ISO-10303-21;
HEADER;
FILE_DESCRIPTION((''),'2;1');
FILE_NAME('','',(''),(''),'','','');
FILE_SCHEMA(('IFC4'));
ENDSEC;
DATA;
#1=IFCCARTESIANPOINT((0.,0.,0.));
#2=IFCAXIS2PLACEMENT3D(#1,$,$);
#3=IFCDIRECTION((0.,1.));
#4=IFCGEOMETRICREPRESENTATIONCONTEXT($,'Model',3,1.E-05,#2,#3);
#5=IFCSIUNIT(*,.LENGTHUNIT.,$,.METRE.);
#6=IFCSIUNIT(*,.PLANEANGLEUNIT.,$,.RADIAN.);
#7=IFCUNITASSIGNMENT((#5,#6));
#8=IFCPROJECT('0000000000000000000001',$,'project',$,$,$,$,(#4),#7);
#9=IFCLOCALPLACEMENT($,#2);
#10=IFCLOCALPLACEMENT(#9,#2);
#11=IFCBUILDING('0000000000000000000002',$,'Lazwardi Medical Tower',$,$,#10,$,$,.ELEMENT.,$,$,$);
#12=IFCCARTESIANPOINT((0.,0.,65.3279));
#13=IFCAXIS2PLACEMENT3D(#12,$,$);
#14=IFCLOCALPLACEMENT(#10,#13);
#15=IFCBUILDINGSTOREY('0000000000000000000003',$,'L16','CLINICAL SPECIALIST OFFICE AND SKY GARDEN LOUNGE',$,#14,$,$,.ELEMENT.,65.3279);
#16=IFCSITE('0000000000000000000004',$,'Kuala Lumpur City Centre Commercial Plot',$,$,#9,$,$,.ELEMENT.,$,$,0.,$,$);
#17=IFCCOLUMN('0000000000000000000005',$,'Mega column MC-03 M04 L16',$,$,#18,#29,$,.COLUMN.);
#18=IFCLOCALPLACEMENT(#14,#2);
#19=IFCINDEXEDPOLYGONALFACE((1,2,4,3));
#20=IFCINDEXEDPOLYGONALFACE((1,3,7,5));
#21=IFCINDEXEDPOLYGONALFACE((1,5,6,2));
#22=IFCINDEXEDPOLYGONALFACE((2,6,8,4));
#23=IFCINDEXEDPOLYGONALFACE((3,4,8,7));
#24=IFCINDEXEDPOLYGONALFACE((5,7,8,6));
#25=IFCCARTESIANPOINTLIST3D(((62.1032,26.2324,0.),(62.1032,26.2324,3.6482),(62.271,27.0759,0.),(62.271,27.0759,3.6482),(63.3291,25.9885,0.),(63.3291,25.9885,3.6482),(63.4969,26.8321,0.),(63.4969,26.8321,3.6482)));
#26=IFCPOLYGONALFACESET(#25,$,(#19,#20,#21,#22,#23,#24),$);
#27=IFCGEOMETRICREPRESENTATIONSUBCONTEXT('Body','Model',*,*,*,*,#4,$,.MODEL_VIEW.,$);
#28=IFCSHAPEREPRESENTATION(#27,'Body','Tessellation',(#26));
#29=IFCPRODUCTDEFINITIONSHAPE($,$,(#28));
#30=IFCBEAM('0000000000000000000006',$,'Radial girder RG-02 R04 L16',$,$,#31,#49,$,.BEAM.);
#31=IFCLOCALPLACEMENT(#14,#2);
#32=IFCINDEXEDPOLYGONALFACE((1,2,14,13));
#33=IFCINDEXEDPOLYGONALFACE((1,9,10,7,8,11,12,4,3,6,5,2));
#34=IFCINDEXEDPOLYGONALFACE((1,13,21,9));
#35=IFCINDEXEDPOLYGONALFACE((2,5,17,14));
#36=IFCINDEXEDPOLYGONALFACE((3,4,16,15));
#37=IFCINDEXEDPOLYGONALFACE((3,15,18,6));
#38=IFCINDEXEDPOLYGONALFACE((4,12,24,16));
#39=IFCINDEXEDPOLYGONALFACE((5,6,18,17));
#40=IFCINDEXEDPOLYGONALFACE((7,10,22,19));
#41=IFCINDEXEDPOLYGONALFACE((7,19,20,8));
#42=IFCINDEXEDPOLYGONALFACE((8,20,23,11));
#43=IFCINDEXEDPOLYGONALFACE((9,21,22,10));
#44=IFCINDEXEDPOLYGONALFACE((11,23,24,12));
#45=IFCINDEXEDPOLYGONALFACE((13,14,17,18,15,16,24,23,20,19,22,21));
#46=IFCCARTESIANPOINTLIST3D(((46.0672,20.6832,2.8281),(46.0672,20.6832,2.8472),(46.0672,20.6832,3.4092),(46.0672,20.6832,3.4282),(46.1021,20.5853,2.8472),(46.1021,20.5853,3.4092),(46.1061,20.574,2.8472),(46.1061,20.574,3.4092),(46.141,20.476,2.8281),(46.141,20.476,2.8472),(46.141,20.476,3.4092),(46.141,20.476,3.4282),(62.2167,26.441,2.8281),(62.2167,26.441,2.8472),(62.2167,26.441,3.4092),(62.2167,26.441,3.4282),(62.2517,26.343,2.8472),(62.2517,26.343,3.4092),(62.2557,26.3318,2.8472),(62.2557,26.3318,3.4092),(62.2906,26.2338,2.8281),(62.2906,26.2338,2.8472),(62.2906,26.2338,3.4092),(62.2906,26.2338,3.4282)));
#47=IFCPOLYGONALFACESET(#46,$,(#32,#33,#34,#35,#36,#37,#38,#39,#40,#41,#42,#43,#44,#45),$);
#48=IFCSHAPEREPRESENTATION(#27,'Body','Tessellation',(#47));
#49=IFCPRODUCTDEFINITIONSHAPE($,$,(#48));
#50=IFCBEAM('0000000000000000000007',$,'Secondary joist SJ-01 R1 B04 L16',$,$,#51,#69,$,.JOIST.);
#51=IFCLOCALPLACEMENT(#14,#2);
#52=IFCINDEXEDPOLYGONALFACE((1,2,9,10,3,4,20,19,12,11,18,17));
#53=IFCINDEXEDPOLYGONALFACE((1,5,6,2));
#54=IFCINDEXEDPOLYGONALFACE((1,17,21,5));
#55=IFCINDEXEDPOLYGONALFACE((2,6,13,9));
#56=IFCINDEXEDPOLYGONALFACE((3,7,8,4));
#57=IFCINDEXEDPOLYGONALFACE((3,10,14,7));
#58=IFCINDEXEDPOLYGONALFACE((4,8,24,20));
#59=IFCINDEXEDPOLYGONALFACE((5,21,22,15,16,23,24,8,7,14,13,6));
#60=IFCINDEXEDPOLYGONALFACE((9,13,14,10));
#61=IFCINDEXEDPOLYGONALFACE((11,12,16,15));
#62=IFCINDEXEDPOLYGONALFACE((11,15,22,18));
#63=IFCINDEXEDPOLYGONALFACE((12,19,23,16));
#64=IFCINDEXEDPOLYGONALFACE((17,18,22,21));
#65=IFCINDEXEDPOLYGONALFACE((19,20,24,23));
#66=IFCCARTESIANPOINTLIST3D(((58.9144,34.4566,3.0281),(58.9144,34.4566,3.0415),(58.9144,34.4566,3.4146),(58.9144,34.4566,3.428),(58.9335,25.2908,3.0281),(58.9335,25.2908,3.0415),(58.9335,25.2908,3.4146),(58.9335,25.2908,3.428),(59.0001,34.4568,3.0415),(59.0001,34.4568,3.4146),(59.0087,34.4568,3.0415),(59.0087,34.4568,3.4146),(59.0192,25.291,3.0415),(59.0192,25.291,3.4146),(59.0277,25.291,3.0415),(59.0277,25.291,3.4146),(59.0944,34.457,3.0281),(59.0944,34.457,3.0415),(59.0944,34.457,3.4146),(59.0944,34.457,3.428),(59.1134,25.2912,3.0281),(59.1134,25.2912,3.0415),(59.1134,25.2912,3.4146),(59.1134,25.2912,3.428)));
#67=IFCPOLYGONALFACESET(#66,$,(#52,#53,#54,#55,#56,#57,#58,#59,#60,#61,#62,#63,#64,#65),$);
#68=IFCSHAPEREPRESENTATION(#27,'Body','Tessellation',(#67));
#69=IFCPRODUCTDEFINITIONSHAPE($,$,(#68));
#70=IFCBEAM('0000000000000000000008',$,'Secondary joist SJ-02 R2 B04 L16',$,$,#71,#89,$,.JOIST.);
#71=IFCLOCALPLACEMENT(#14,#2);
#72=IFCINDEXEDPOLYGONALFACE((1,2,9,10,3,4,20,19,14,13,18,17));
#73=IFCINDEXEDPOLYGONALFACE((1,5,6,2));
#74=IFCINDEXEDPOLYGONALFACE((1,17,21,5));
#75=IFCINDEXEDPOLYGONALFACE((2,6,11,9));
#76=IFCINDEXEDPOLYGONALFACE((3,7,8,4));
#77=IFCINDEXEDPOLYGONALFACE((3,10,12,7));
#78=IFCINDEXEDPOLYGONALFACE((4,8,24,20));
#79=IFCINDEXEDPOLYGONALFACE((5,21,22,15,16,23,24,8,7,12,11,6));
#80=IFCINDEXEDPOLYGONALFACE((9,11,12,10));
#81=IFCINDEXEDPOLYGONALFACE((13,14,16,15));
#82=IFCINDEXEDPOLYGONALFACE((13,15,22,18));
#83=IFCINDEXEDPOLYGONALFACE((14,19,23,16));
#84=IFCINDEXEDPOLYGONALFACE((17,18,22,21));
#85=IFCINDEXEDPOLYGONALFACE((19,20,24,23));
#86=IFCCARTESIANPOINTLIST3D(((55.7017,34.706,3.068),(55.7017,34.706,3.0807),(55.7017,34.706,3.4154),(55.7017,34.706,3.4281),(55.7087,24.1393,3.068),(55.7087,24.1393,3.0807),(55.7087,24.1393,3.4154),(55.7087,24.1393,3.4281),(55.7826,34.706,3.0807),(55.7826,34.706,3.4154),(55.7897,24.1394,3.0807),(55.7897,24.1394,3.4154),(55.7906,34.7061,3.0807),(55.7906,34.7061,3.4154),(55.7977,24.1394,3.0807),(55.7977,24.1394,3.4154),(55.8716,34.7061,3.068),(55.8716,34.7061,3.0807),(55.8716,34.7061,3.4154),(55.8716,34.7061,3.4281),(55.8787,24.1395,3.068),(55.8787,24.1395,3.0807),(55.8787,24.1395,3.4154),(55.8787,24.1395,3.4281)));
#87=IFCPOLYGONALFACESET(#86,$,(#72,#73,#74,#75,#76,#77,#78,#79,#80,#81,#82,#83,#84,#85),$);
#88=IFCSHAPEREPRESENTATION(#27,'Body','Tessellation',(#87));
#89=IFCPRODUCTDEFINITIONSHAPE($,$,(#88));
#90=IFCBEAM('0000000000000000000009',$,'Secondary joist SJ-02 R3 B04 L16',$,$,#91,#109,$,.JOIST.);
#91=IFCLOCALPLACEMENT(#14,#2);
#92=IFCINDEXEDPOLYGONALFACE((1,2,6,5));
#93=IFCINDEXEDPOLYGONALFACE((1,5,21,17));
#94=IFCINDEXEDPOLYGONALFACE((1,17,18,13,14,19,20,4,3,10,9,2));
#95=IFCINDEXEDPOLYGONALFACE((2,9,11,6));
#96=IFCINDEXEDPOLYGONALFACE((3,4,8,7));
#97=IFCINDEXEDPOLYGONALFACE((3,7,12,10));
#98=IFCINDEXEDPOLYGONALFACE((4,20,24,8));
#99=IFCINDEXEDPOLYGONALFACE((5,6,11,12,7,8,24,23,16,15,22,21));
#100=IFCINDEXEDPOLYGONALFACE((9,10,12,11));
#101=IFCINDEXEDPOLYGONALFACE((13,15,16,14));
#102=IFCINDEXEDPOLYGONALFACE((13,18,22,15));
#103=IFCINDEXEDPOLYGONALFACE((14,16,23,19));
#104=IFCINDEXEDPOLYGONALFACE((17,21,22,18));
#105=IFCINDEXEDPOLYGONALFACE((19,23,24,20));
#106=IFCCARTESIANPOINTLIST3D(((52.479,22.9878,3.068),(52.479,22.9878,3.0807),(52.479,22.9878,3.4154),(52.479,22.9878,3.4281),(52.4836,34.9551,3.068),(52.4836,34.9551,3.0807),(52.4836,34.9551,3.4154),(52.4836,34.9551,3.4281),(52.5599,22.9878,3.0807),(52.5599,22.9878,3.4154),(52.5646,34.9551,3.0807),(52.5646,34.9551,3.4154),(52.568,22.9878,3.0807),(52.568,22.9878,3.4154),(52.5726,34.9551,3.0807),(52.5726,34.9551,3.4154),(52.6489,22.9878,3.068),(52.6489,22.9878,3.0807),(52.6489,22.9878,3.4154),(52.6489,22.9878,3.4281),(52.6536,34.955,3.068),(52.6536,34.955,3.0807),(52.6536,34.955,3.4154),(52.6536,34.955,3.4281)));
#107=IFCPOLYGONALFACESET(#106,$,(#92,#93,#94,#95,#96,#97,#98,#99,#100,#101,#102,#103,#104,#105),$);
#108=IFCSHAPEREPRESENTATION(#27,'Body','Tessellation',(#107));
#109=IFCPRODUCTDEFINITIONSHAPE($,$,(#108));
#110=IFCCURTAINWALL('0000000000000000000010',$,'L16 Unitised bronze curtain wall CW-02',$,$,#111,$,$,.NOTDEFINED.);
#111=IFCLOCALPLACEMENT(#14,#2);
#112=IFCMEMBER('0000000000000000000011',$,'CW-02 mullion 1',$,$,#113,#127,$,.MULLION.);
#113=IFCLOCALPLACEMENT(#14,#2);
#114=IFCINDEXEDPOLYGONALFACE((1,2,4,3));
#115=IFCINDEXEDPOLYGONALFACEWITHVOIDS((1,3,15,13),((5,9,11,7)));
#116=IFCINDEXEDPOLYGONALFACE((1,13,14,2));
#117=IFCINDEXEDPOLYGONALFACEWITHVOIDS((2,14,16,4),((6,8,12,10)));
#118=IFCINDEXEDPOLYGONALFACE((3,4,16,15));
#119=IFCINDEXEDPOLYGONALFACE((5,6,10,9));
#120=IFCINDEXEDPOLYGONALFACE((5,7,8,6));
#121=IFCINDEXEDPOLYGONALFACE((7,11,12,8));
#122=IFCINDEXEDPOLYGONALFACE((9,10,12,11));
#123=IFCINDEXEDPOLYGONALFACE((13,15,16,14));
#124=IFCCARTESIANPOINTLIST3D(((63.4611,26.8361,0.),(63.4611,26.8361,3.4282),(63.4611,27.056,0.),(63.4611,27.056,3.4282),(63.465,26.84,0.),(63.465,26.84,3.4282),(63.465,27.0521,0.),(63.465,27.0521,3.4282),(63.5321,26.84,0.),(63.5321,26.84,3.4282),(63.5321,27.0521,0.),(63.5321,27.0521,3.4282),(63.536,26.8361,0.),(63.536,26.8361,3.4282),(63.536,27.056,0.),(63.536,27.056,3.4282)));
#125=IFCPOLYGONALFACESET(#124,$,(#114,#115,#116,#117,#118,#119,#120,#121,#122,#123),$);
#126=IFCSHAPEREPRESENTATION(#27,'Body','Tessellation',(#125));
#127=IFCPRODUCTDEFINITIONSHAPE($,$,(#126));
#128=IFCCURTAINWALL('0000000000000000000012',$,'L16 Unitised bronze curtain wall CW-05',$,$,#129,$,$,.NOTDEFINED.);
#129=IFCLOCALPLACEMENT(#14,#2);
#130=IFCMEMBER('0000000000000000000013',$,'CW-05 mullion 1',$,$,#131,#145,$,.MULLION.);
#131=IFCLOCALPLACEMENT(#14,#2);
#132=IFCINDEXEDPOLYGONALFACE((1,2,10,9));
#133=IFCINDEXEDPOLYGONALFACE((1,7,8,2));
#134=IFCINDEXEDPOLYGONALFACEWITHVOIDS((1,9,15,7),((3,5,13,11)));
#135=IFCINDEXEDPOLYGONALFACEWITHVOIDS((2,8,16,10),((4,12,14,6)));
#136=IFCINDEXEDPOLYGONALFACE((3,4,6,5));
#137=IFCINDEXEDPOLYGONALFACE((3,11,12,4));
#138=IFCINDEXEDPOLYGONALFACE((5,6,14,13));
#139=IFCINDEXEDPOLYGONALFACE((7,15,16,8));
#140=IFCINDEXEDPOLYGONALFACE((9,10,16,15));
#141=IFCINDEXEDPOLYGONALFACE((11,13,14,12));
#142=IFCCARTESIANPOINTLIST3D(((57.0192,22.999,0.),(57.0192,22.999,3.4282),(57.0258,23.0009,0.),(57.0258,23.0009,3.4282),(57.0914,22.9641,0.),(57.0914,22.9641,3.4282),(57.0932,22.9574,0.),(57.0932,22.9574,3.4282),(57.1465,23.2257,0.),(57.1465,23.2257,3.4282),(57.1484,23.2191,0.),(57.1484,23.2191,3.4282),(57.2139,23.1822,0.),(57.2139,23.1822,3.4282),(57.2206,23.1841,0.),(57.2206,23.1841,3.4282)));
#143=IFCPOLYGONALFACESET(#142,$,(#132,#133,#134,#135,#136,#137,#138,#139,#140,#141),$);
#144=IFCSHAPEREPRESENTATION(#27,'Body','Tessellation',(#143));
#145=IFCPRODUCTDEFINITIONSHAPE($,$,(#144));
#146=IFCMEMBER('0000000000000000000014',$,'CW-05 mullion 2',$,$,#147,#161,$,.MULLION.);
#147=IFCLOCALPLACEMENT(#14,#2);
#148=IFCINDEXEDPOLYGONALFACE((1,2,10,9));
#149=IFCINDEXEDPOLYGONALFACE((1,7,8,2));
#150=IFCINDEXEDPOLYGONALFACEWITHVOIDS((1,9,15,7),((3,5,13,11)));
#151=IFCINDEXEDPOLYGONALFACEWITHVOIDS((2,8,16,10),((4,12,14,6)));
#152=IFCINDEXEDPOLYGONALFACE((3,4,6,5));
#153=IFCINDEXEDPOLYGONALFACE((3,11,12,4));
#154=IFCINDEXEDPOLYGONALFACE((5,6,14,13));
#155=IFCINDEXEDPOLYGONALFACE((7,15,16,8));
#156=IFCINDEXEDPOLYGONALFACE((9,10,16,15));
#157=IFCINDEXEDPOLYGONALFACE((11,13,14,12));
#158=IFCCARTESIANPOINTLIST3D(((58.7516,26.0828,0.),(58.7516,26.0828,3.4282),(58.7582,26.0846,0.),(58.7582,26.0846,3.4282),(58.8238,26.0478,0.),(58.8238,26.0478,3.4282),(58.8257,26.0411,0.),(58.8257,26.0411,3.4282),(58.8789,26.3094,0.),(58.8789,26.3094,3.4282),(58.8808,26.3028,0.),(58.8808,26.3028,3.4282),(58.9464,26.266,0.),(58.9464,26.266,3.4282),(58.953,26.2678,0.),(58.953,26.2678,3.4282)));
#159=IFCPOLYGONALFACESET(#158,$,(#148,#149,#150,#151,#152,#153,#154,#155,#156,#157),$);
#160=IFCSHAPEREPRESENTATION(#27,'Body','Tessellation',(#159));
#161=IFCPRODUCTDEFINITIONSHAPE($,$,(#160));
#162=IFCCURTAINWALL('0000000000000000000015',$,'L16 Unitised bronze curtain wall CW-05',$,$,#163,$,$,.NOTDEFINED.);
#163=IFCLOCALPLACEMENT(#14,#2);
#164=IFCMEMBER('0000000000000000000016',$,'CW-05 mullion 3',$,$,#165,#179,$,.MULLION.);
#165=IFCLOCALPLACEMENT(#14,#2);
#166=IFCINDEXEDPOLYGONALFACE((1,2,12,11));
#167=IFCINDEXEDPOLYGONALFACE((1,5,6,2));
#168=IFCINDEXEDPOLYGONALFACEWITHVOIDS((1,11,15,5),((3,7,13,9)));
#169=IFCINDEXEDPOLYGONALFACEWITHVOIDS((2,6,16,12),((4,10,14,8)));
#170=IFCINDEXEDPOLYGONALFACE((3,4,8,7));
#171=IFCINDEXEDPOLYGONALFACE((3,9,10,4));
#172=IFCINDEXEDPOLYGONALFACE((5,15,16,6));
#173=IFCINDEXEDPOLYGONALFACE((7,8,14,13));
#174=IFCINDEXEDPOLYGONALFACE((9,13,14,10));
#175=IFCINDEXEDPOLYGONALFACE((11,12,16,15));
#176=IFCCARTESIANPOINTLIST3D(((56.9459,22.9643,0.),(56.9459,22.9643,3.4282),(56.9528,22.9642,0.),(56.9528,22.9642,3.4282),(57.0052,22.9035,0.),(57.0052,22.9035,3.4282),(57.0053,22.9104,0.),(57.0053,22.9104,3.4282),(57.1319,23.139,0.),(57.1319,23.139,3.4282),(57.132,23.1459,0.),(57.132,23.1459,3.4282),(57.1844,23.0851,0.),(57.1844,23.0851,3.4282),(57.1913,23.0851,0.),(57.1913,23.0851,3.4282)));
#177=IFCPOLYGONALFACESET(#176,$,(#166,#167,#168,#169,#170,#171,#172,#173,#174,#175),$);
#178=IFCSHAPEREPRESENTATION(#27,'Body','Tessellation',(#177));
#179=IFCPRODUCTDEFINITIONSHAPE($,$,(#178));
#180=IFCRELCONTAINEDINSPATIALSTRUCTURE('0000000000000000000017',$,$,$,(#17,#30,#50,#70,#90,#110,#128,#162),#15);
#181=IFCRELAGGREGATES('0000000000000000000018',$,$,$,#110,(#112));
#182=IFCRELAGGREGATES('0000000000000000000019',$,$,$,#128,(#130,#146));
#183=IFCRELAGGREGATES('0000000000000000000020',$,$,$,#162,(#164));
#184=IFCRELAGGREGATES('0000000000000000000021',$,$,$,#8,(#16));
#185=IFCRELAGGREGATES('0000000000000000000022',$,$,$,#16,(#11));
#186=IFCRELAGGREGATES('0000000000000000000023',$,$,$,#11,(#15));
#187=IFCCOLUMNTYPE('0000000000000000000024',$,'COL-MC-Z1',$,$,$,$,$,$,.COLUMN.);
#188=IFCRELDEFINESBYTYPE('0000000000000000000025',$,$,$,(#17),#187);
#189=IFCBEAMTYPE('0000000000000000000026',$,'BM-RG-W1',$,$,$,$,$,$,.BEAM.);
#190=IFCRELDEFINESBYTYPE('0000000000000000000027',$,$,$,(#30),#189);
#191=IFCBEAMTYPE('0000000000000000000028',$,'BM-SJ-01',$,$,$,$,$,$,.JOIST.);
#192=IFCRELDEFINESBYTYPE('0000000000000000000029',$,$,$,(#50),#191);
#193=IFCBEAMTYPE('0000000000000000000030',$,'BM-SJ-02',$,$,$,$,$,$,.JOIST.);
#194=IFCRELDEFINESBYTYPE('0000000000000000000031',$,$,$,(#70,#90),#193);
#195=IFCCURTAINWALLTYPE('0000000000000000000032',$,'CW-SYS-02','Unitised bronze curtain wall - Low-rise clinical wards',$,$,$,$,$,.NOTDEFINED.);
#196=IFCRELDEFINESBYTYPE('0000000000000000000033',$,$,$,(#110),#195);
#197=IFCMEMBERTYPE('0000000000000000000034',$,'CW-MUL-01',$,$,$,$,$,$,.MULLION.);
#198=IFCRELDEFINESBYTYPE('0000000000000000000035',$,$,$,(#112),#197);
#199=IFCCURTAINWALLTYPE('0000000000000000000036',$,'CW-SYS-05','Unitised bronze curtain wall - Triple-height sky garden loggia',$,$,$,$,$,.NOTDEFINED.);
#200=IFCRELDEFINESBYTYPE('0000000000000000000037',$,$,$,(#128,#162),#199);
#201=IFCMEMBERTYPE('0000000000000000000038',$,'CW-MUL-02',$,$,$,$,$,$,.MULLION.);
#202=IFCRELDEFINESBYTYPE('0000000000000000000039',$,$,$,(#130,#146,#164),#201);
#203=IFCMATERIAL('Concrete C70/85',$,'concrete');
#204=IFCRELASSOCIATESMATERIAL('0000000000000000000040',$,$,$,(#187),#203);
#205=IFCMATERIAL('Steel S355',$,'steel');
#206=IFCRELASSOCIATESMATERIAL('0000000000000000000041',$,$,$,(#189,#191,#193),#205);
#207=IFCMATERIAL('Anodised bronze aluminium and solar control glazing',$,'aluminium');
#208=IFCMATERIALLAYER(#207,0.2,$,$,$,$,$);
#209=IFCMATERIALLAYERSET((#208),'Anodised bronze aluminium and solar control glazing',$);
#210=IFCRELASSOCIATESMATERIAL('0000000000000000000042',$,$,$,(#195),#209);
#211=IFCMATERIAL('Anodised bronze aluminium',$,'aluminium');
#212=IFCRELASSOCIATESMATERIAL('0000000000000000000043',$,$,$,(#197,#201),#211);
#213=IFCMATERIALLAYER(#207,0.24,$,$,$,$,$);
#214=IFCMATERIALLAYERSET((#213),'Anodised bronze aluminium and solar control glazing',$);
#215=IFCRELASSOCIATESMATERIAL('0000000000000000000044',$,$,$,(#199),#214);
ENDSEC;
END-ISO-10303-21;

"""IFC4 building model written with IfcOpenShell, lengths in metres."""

from ifc_helpers import new_model, si_unit, direction, frame, origin, origin_2d, place, context, subcontext, project, spatial, rectangle, hollow_rectangle, i_section, extrude, material, layer, layer_set, material_profile, profile_set, type_object, element, aggregate, save


model = new_model("IFC4")

# Units and contexts
model_context = context("Model", 3, precision=1e-05, world=origin(), true_north=direction((0.0, 1.0)))
body_context = subcontext(model_context, "Body", "Model", "MODEL_VIEW")
ifc_project = project(units=[si_unit("LENGTHUNIT", "METRE"), si_unit("PLANEANGLEUNIT", "RADIAN")], contexts=[model_context])

# Site, building, storey
site_placement = place(None, origin())
site = spatial("IfcSite", under=ifc_project, at=site_placement, Name="Kuala Lumpur City Centre Commercial Plot", CompositionType="ELEMENT", RefElevation=0.0)
building_placement = place(site_placement, origin())
building = spatial("IfcBuilding", under=site, at=building_placement, Name="Lazwardi Medical Tower", CompositionType="ELEMENT")
storey_placement = place(building_placement, frame((0.0, 0.0, 65.3279)))
storey = spatial("IfcBuildingStorey", under=building, at=storey_placement, Name="L16", Description="CLINICAL SPECIALIST OFFICE AND SKY GARDEN LOUNGE", CompositionType="ELEMENT", Elevation=65.3279)

# Column
ifc_material_1 = material(Name="Concrete C70/85", Category="concrete")
ifc_material_profile_1 = material_profile(ifc_material_1, rectangle(XDim=1.25, YDim=0.8601, at=origin_2d()), Name="CFT-RECT 1250x860")
ifc_profile_set_1 = profile_set([ifc_material_profile_1], Name="Concrete C70/85")
column_type = type_object("IfcColumnType", Name="COL-MC-Z1", PredefinedType="COLUMN", material=ifc_profile_set_1)
column_placement = place(storey_placement, frame((62.8, 26.5322, 0.0), z_axis=(0.0, 0.0, 1.0), x_axis=(0.980785, -0.19509, 0.0)))
element("IfcColumn", 1, at=column_placement, inside=storey, type_object=column_type, Name="Mega column MC-03 M04 L16", PredefinedType="COLUMN", context=body_context, shape_type="SweptSolid", body=[
    extrude(rectangle(XDim=1.25, YDim=0.8601, at=origin_2d()), origin(), (0.0, 0.0, 1.0), 3.6482),
])

# Beams
ifc_material_2 = material(Name="Steel S355", Category="steel")
ifc_material_profile_2 = material_profile(ifc_material_2, i_section(OverallWidth=0.22, OverallDepth=0.6001, WebThickness=0.012, FlangeThickness=0.019, at=origin_2d()), Name="IPE 600")
ifc_profile_set_2 = profile_set([ifc_material_profile_2], Name="Steel S355")
beam_type_1 = type_object("IfcBeamType", Name="BM-RG-W1", PredefinedType="BEAM", material=ifc_profile_set_2)
beam_1_placement = place(storey_placement, frame((62.2537, 26.3374, 3.1282), z_axis=(-0.941925, -0.335823, 0.0), x_axis=(0.335823, -0.941925, 0.0)))
element("IfcBeam", 2, at=beam_1_placement, inside=storey, type_object=beam_type_1, Name="Radial girder RG-02 R04 L16", PredefinedType="BEAM", context=body_context, shape_type="SweptSolid", body=[
    extrude(i_section(OverallWidth=0.22, OverallDepth=0.6001, WebThickness=0.012, FlangeThickness=0.019, at=origin_2d()), origin(), (0.0, 0.0, 1.0), 17.1453),
])
ifc_material_profile_3 = material_profile(ifc_material_2, i_section(OverallWidth=0.1799, OverallDepth=0.3999, WebThickness=0.0085, FlangeThickness=0.0134, at=origin_2d()), Name="IPE 400")
ifc_profile_set_3 = profile_set([ifc_material_profile_3], Name="Steel S355")
beam_type_2 = type_object("IfcBeamType", Name="BM-SJ-01", PredefinedType="JOIST", material=ifc_profile_set_3)
beam_2_placement = place(storey_placement, frame((59.0234, 25.291, 3.228), z_axis=(-0.002078, 0.999998, 0.0), x_axis=(-0.999998, -0.002078, 0.0)))
element("IfcBeam", 3, at=beam_2_placement, inside=storey, type_object=beam_type_2, Name="Secondary joist SJ-01 R1 B04 L16", PredefinedType="JOIST", context=body_context, shape_type="SweptSolid", body=[
    extrude(i_section(OverallWidth=0.1799, OverallDepth=0.3999, WebThickness=0.0085, FlangeThickness=0.0134, at=origin_2d()), origin(), (0.0, 0.0, 1.0), 9.1658),
])
ifc_material_profile_4 = material_profile(ifc_material_2, i_section(OverallWidth=0.1699, OverallDepth=0.3601, WebThickness=0.0081, FlangeThickness=0.0127, at=origin_2d()), Name="IPE 360")
ifc_profile_set_4 = profile_set([ifc_material_profile_4], Name="Steel S355")
beam_type_3 = type_object("IfcBeamType", Name="BM-SJ-02", PredefinedType="JOIST", material=ifc_profile_set_4)
beam_3_placement = place(storey_placement, frame((55.7937, 24.1394, 3.248), z_axis=(-0.00067, 1.0, 0.0), x_axis=(-1.0, -0.00067, 0.0)))
element("IfcBeam", 4, at=beam_3_placement, inside=storey, type_object=beam_type_3, Name="Secondary joist SJ-02 R2 B04 L16", PredefinedType="JOIST", context=body_context, shape_type="SweptSolid", body=[
    extrude(i_section(OverallWidth=0.1699, OverallDepth=0.3601, WebThickness=0.0081, FlangeThickness=0.0127, at=origin_2d()), origin(), (0.0, 0.0, 1.0), 10.5667),
])
beam_4_placement = place(storey_placement, frame((52.564, 22.9878, 3.248), z_axis=(0.000388, 1.0, 0.0), x_axis=(-1.0, 0.000388, 0.0)))
element("IfcBeam", 5, at=beam_4_placement, inside=storey, type_object=beam_type_3, Name="Secondary joist SJ-02 R3 B04 L16", PredefinedType="JOIST", context=body_context, shape_type="SweptSolid", body=[
    extrude(i_section(OverallWidth=0.1699, OverallDepth=0.3601, WebThickness=0.0081, FlangeThickness=0.0127, at=origin_2d()), origin(), (0.0, 0.0, 1.0), 11.9673),
])

# Curtain wall, member
ifc_material_3 = material(Name="Anodised bronze aluminium and solar control glazing", Category="aluminium")
ifc_layer_1 = layer(ifc_material_3, 0.2)
ifc_layer_set_1 = layer_set([ifc_layer_1], Name="Anodised bronze aluminium and solar control glazing")
curtain_wall_type_1 = type_object("IfcCurtainWallType", Name="CW-SYS-02", Description="Unitised bronze curtain wall - Low-rise clinical wards", PredefinedType="NOTDEFINED", material=ifc_layer_set_1)
curtain_wall_1_placement = place(storey_placement, origin())
curtain_wall_1 = element("IfcCurtainWall", 6, at=curtain_wall_1_placement, inside=storey, type_object=curtain_wall_type_1, Name="L16 Unitised bronze curtain wall CW-02", PredefinedType="NOTDEFINED")
ifc_material_4 = material(Name="Anodised bronze aluminium", Category="aluminium")
ifc_material_profile_5 = material_profile(ifc_material_4, hollow_rectangle(XDim=0.075, YDim=0.22, WallThickness=0.0039, at=origin_2d()), Name="ALU-MULLION 220x75x4")
ifc_profile_set_5 = profile_set([ifc_material_profile_5], Name="Anodised bronze aluminium")
member_type_1 = type_object("IfcMemberType", Name="CW-MUL-01", PredefinedType="MULLION", material=ifc_profile_set_5)
member_1_placement = place(storey_placement, frame((63.4985, 26.946, 0.0), z_axis=(0.0, 0.0, 1.0), x_axis=(-1.0, 0.0, 0.0)))
member_1 = element("IfcMember", 7, at=member_1_placement, type_object=member_type_1, Name="CW-02 mullion 1", PredefinedType="MULLION", context=body_context, shape_type="SweptSolid", body=[
    extrude(hollow_rectangle(XDim=0.075, YDim=0.22, WallThickness=0.0039, at=origin_2d()), origin(), (0.0, 0.0, 1.0), 3.4282),
])
aggregate(curtain_wall_1, [member_1])

# Curtain wall, members
ifc_layer_2 = layer(ifc_material_3, 0.24)
ifc_layer_set_2 = layer_set([ifc_layer_2], Name="Anodised bronze aluminium and solar control glazing")
curtain_wall_type_2 = type_object("IfcCurtainWallType", Name="CW-SYS-05", Description="Unitised bronze curtain wall - Triple-height sky garden loggia", PredefinedType="NOTDEFINED", material=ifc_layer_set_2)
curtain_wall_2_placement = place(storey_placement, origin())
curtain_wall_2 = element("IfcCurtainWall", 8, at=curtain_wall_2_placement, inside=storey, type_object=curtain_wall_type_2, Name="L16 Unitised bronze curtain wall CW-05", PredefinedType="NOTDEFINED")
ifc_material_profile_6 = material_profile(ifc_material_4, hollow_rectangle(XDim=0.085, YDim=0.26, WallThickness=0.0049, at=origin_2d()), Name="ALU-MULLION 260x85x5")
ifc_profile_set_6 = profile_set([ifc_material_profile_6], Name="Anodised bronze aluminium")
member_type_2 = type_object("IfcMemberType", Name="CW-MUL-02", PredefinedType="MULLION", material=ifc_profile_set_6)
member_2_placement = place(storey_placement, frame((57.1199, 23.0916, 0.0), z_axis=(0.0, 0.0, 1.0), x_axis=(-0.871837, 0.489796, 0.0)))
member_2 = element("IfcMember", 9, at=member_2_placement, type_object=member_type_2, Name="CW-05 mullion 1", PredefinedType="MULLION", context=body_context, shape_type="SweptSolid", body=[
    extrude(hollow_rectangle(XDim=0.085, YDim=0.26, WallThickness=0.0049, at=origin_2d()), origin(), (0.0, 0.0, 1.0), 3.4282),
])
member_3_placement = place(storey_placement, frame((58.8523, 26.1753, 0.0), z_axis=(0.0, 0.0, 1.0), x_axis=(-0.871837, 0.489796, 0.0)))
member_3 = element("IfcMember", 10, at=member_3_placement, type_object=member_type_2, Name="CW-05 mullion 2", PredefinedType="MULLION", context=body_context, shape_type="SweptSolid", body=[
    extrude(hollow_rectangle(XDim=0.085, YDim=0.26, WallThickness=0.0049, at=origin_2d()), origin(), (0.0, 0.0, 1.0), 3.4282),
])

# Curtain wall, member
curtain_wall_3_placement = place(storey_placement, origin())
curtain_wall_3 = element("IfcCurtainWall", 11, at=curtain_wall_3_placement, inside=storey, type_object=curtain_wall_type_2, Name="L16 Unitised bronze curtain wall CW-05", PredefinedType="NOTDEFINED")
member_4_placement = place(storey_placement, frame((57.0686, 23.0247, 0.0), z_axis=(0.0, 0.0, 1.0), x_axis=(-0.698402, 0.715706, 0.0)))
member_4 = element("IfcMember", 12, at=member_4_placement, type_object=member_type_2, Name="CW-05 mullion 3", PredefinedType="MULLION", context=body_context, shape_type="SweptSolid", body=[
    extrude(hollow_rectangle(XDim=0.085, YDim=0.26, WallThickness=0.0049, at=origin_2d()), origin(), (0.0, 0.0, 1.0), 3.4282),
])

aggregate(curtain_wall_2, [member_2, member_3])
aggregate(curtain_wall_3, [member_4])

save(model, "model.ifc")
